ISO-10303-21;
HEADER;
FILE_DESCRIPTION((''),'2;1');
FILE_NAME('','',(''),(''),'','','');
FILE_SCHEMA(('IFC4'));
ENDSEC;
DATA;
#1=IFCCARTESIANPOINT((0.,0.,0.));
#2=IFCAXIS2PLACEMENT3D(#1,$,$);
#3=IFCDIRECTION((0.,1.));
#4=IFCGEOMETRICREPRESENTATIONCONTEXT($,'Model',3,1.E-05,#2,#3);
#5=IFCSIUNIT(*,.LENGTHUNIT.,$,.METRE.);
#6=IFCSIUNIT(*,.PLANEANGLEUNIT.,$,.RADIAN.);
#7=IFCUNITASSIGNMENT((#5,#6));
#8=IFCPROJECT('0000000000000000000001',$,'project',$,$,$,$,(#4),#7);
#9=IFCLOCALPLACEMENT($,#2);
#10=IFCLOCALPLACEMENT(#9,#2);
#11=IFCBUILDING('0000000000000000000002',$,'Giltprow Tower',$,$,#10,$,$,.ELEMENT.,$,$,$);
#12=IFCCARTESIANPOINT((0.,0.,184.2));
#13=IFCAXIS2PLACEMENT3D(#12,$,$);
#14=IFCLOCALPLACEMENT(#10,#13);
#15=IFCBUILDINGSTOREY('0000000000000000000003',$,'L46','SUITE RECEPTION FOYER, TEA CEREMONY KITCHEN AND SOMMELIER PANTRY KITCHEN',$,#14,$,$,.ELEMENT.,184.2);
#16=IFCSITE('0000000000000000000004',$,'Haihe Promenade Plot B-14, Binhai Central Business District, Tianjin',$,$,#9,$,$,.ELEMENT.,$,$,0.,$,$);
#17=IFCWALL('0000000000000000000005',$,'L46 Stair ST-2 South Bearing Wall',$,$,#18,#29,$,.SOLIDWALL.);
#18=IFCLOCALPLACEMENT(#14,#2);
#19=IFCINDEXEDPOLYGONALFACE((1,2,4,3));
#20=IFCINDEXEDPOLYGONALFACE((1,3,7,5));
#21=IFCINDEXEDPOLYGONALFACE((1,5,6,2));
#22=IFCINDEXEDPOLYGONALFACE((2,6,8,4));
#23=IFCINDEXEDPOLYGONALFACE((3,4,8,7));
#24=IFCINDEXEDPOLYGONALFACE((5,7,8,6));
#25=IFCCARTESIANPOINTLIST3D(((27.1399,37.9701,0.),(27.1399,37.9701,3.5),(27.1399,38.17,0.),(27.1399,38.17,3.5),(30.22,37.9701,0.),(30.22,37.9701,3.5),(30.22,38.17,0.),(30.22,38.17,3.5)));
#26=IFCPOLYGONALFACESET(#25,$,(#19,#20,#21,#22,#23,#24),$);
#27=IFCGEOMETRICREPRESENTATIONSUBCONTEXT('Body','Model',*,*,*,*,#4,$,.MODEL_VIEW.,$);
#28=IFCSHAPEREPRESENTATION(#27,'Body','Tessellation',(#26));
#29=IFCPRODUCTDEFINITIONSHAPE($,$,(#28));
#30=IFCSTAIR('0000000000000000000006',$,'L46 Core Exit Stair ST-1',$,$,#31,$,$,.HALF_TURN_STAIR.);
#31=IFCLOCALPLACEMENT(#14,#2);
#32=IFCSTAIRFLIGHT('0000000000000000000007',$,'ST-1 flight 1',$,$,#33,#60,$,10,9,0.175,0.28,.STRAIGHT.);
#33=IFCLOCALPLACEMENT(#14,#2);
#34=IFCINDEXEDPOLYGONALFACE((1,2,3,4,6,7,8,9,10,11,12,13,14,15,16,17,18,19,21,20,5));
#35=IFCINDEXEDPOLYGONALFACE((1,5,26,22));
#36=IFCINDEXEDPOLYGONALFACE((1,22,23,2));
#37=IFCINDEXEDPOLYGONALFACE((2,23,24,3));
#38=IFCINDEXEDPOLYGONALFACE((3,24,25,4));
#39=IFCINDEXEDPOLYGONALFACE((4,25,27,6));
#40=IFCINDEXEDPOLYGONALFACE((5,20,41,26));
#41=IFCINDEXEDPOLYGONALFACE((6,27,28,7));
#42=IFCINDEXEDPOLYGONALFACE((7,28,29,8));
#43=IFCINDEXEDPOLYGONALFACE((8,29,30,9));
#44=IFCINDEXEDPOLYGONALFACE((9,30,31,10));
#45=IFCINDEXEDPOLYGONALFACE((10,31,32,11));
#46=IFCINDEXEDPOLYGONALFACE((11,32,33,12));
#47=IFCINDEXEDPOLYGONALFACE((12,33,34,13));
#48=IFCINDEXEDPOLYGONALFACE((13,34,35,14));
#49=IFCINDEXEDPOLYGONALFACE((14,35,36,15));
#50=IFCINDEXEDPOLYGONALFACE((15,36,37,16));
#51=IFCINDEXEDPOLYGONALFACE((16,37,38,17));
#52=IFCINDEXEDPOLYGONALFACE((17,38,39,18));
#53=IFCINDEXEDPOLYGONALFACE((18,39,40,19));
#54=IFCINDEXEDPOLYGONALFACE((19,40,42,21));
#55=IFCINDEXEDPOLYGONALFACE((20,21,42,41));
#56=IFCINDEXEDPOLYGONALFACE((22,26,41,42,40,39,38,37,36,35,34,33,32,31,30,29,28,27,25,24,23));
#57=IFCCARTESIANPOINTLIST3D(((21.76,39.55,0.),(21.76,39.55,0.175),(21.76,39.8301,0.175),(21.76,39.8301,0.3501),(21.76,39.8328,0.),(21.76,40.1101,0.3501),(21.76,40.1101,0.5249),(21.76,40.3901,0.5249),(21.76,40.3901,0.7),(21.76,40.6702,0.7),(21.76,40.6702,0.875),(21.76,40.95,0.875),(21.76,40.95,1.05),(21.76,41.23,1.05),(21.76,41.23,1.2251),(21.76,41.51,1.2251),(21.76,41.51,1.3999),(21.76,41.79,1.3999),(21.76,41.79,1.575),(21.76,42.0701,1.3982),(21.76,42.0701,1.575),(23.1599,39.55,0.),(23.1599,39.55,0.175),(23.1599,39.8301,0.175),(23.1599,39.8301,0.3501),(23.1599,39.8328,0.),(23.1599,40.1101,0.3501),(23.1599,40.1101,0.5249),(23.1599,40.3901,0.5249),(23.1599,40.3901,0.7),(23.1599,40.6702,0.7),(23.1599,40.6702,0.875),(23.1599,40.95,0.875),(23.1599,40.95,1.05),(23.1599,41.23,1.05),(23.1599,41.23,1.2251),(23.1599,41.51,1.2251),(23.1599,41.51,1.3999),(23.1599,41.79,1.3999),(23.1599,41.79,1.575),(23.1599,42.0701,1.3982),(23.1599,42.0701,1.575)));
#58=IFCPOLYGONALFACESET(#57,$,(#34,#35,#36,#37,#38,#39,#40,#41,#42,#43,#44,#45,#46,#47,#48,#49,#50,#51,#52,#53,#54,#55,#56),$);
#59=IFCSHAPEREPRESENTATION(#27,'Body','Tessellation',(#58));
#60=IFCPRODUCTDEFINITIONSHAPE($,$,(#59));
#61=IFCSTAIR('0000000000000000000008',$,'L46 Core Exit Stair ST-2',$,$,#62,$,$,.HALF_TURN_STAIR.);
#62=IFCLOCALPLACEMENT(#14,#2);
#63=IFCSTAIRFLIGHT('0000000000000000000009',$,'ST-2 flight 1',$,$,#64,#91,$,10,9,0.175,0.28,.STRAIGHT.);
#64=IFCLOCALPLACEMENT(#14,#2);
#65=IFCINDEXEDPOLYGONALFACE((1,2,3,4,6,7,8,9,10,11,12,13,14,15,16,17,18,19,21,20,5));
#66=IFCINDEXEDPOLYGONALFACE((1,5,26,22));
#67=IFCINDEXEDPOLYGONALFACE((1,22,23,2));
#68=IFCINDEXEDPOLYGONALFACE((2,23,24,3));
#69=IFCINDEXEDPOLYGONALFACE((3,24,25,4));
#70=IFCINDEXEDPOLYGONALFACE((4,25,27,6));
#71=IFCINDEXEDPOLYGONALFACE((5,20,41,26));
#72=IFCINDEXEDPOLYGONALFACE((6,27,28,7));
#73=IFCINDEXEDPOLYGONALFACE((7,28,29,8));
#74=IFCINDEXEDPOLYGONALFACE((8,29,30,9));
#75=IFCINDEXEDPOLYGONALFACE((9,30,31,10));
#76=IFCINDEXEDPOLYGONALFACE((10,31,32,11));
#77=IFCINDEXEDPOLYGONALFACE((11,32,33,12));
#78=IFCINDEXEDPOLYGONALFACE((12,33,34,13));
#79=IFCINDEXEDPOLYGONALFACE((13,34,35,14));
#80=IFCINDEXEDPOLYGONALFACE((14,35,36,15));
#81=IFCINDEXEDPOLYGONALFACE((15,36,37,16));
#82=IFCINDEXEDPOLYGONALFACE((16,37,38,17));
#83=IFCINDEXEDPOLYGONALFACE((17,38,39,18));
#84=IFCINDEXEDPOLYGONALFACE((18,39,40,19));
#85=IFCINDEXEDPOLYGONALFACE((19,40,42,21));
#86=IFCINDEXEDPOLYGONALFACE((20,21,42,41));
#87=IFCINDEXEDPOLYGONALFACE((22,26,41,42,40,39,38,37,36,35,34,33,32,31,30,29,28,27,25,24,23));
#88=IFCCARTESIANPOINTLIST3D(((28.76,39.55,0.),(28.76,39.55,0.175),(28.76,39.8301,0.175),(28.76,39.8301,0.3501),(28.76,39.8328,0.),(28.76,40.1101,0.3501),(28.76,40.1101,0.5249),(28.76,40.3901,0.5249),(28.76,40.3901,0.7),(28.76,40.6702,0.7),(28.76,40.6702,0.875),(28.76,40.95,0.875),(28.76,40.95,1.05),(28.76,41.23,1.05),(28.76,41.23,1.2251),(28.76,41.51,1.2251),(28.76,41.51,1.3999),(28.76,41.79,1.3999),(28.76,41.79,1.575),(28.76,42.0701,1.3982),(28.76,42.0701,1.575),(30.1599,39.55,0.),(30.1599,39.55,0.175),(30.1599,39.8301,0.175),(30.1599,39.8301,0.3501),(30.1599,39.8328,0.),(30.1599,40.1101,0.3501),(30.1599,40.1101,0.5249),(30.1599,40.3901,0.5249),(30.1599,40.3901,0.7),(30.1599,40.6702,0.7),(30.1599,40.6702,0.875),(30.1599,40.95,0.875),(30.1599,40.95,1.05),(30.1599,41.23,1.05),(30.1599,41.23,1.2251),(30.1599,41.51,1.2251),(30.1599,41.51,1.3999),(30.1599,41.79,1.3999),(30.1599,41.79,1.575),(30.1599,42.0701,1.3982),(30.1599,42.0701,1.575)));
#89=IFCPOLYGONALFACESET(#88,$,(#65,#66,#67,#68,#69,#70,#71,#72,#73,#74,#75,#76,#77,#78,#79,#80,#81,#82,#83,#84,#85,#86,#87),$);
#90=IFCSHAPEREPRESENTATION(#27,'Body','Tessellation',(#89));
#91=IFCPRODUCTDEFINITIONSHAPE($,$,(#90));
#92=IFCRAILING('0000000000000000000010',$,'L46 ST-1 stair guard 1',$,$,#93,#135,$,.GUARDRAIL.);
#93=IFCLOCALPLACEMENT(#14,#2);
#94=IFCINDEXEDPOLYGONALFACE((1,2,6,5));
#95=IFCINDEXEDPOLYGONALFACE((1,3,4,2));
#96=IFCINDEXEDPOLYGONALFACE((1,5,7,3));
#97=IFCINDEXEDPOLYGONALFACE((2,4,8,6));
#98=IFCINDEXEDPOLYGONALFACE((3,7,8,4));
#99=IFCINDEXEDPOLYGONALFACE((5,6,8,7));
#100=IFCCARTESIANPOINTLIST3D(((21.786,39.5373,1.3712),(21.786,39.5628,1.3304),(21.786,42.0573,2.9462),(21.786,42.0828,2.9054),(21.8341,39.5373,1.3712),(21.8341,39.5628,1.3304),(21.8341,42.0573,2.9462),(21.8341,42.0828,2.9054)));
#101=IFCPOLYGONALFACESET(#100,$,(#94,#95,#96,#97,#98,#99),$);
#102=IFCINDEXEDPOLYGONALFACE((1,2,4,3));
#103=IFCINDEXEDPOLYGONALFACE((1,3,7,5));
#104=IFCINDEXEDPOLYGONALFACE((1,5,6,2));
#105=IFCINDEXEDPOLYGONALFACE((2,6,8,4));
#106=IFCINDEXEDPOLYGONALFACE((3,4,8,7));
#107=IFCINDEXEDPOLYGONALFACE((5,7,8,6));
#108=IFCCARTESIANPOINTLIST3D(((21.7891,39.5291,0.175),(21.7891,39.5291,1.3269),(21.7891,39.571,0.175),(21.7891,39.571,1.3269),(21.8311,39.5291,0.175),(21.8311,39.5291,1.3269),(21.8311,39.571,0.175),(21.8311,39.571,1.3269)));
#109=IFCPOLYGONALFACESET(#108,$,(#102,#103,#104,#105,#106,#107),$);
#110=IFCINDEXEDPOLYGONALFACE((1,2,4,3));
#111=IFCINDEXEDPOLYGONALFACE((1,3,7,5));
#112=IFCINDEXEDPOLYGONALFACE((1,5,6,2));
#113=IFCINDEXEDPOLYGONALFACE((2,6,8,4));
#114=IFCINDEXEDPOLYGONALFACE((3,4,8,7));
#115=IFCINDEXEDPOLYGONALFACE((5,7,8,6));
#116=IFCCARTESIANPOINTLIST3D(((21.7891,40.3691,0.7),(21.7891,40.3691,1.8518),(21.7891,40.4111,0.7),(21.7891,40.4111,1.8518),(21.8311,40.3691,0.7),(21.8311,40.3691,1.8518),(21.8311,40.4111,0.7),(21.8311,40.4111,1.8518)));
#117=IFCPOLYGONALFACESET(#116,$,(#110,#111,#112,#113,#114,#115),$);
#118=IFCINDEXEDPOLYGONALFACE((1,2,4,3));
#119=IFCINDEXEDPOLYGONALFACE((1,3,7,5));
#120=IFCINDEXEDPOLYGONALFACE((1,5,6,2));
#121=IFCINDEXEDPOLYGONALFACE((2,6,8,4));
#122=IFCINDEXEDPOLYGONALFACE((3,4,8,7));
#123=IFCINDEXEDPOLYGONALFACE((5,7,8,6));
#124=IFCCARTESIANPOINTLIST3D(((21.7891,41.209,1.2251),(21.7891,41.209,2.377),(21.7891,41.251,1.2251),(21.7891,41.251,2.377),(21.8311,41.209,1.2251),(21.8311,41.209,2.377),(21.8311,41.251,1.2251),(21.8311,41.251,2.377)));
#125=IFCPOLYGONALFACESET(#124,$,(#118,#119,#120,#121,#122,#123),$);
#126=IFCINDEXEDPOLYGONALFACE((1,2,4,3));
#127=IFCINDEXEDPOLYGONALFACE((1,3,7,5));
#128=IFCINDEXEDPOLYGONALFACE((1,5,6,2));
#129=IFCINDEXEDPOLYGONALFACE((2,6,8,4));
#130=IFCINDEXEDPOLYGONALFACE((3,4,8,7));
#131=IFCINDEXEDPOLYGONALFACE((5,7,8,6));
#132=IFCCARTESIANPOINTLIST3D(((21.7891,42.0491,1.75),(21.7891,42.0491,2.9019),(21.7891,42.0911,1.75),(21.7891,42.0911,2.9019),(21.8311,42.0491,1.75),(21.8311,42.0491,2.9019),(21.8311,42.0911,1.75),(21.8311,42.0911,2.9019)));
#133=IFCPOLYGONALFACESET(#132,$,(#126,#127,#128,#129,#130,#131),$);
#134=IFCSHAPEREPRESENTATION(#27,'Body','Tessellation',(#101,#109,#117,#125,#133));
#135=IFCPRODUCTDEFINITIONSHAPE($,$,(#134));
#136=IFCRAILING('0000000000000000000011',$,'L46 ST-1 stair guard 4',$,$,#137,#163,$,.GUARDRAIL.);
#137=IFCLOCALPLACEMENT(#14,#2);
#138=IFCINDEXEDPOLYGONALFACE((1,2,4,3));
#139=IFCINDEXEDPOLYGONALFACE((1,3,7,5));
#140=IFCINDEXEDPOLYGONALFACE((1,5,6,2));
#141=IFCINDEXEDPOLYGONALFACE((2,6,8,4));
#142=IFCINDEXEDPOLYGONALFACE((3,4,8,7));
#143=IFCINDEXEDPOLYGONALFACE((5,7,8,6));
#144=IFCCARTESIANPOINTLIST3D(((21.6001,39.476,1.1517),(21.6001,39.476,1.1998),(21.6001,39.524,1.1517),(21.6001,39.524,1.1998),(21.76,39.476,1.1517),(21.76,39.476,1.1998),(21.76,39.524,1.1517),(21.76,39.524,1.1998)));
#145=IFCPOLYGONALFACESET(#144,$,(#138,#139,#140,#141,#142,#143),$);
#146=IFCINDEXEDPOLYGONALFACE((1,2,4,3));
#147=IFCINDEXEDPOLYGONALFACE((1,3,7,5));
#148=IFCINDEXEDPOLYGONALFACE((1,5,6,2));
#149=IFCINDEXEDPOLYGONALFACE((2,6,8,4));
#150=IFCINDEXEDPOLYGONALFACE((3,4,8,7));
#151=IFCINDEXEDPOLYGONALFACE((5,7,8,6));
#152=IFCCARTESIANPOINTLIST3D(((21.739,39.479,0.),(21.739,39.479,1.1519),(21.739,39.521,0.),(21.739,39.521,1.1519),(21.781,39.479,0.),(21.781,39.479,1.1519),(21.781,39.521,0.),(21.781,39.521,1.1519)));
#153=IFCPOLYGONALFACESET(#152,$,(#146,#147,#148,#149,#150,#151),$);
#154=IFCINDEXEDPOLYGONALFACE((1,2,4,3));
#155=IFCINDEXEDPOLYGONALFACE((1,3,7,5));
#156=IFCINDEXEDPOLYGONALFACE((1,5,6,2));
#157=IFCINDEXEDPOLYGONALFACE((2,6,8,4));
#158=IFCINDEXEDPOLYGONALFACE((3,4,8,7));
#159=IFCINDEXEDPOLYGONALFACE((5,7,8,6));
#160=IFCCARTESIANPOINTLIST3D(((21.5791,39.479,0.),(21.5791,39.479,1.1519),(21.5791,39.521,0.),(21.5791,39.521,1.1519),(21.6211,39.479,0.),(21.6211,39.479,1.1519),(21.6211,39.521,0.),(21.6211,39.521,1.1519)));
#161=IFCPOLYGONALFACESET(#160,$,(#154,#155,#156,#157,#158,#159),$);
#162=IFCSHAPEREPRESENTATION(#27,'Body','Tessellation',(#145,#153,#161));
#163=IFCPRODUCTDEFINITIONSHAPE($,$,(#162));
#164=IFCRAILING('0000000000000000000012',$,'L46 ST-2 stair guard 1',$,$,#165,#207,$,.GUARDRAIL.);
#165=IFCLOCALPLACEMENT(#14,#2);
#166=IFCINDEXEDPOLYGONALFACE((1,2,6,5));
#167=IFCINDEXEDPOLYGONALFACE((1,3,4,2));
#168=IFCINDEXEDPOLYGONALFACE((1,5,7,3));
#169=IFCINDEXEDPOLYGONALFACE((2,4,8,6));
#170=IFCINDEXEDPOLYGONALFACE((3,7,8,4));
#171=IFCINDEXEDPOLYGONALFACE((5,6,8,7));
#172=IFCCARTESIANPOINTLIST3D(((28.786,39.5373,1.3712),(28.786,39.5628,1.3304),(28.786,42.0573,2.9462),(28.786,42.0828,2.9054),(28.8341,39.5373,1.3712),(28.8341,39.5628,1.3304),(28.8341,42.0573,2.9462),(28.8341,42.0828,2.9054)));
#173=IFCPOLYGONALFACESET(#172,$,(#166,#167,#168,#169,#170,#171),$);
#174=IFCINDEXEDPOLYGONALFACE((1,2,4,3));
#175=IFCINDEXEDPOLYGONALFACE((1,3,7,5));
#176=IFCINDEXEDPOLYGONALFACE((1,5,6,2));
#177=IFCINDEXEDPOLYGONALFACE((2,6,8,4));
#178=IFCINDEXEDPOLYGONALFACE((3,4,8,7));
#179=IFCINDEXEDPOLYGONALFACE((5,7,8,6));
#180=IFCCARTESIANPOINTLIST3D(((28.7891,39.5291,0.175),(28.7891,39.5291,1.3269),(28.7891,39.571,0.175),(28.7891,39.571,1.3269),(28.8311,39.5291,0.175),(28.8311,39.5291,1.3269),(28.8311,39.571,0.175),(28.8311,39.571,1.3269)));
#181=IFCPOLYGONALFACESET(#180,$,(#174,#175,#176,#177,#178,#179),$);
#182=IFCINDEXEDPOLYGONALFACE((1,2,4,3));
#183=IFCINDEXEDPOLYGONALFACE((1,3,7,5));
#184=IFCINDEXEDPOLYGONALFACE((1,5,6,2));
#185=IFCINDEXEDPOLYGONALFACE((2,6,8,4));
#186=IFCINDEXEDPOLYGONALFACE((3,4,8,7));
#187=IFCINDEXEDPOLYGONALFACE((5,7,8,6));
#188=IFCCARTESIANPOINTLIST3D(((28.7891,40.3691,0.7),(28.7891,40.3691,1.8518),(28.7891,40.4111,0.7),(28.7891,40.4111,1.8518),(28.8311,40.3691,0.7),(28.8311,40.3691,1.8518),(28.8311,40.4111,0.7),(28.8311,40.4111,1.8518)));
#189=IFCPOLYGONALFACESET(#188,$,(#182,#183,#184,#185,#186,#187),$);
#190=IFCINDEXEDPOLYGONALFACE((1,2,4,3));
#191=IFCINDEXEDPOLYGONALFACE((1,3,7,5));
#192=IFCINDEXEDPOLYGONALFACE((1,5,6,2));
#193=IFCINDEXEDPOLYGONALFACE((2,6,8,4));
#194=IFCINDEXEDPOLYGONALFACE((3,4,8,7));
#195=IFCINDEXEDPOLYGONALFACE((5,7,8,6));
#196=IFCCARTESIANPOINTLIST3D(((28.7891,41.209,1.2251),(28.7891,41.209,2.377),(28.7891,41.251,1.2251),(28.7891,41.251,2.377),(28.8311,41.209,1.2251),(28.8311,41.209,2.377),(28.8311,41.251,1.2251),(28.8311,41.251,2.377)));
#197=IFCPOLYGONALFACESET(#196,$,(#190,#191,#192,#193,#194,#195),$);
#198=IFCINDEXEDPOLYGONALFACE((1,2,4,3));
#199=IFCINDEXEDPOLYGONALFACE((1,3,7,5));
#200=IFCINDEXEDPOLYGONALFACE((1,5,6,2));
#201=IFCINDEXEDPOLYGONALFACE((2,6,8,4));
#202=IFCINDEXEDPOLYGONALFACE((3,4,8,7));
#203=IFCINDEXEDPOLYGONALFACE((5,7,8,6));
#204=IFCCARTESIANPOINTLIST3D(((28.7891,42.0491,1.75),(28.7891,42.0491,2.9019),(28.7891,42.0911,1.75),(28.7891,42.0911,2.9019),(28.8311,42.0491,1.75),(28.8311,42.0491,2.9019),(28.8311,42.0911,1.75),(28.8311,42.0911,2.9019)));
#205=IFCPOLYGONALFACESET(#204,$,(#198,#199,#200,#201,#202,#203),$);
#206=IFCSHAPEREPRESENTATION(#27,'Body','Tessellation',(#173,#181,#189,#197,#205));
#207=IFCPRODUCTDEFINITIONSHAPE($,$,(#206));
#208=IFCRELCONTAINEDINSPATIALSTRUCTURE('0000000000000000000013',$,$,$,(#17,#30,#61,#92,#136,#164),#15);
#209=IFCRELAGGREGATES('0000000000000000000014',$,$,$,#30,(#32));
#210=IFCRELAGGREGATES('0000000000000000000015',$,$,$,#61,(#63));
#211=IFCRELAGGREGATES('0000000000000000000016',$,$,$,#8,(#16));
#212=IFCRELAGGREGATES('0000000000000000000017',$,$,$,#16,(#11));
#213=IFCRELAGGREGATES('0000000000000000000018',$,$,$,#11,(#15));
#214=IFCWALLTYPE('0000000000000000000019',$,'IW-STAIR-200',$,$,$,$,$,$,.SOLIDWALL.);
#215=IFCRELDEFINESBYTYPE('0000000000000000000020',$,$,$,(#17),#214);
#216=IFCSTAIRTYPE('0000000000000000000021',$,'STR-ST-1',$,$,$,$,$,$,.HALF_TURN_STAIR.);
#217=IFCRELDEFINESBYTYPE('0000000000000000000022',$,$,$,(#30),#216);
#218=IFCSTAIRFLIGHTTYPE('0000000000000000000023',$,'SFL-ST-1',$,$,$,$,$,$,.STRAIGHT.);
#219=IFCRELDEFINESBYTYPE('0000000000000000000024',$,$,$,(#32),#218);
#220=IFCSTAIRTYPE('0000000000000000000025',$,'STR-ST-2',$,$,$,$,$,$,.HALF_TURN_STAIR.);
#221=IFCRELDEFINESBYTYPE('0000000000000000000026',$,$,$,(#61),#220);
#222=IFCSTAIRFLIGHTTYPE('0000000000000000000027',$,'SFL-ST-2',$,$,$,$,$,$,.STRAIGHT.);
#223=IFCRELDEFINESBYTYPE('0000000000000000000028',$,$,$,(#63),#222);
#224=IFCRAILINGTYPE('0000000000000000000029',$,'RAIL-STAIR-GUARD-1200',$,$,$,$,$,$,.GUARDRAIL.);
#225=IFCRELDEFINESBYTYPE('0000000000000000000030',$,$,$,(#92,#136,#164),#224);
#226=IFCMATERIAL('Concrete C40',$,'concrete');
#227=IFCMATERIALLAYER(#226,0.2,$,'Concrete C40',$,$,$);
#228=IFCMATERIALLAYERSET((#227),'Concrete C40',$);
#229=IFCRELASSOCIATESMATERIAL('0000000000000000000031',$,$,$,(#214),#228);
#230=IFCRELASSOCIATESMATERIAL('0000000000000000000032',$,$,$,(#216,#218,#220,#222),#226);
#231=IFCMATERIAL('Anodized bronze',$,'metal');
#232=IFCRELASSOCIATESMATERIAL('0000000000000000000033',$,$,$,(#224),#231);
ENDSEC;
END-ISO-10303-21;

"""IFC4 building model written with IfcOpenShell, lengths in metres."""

from ifc_helpers import new_model, si_unit, direction, frame, frame_2d, origin, origin_2d, place, context, subcontext, project, spatial, polyline, rectangle, outline, extrude, material, layer, layer_set, type_object, element, aggregate, save


model = new_model("IFC4")

# Units and contexts
model_context = context("Model", 3, precision=1e-05, world=origin(), true_north=direction((0.0, 1.0)))
body_context = subcontext(model_context, "Body", "Model", "MODEL_VIEW")
ifc_project = project(units=[si_unit("LENGTHUNIT", "METRE"), si_unit("PLANEANGLEUNIT", "RADIAN")], contexts=[model_context])

# Site, building, storey
site_placement = place(None, origin())
site = spatial("IfcSite", under=ifc_project, at=site_placement, Name="Haihe Promenade Plot B-14, Binhai Central Business District, Tianjin", CompositionType="ELEMENT", RefElevation=0.0)
building_placement = place(site_placement, origin())
building = spatial("IfcBuilding", under=site, at=building_placement, Name="Giltprow Tower", CompositionType="ELEMENT")
storey_placement = place(building_placement, frame((0.0, 0.0, 184.2)))
storey = spatial("IfcBuildingStorey", under=building, at=storey_placement, Name="L46", Description="SUITE RECEPTION FOYER, TEA CEREMONY KITCHEN AND SOMMELIER PANTRY KITCHEN", CompositionType="ELEMENT", Elevation=184.2)

# Shared definitions
ifc_material_1 = material(Name="Concrete C40", Category="concrete")
ifc_layer = layer(ifc_material_1, 0.2, Name="Concrete C40")
ifc_layer_set = layer_set([ifc_layer], Name="Concrete C40")
wall_type = type_object("IfcWallType", Name="IW-STAIR-200", PredefinedType="SOLIDWALL", material=ifc_layer_set)

# Wall
wall_1_placement = place(storey_placement, frame((27.1399, 38.0701, 0.0), z_axis=(0.0, 0.0, 1.0), x_axis=(1.0, 0.0, 0.0)))
element("IfcWall", 1, at=wall_1_placement, inside=storey, type_object=wall_type, Name="L46 Stair ST-2 South Bearing Wall", PredefinedType="SOLIDWALL", context=body_context, shape_type="SweptSolid", body=[
    extrude(rectangle(XDim=3.0801, YDim=0.2, at=frame_2d((1.54, 0.0))), origin(), (0.0, 0.0, 1.0), 3.5),
])

# Stairs, stair flights
stair_type_1 = type_object("IfcStairType", Name="STR-ST-1", PredefinedType="HALF_TURN_STAIR", material=ifc_material_1)
stair_1_placement = place(storey_placement, origin())
stair_1 = element("IfcStair", 2, at=stair_1_placement, inside=storey, type_object=stair_type_1, Name="L46 Core Exit Stair ST-1", PredefinedType="HALF_TURN_STAIR")
stair_flight_type_1 = type_object("IfcStairFlightType", Name="SFL-ST-1", PredefinedType="STRAIGHT", material=ifc_material_1)
stair_flight_1_placement = place(storey_placement, frame((22.46, 39.55, 0.0), z_axis=(0.0, 0.0, 1.0), x_axis=(0.0, 1.0, 0.0)))
stair_flight_1 = element("IfcStairFlight", 3, at=stair_flight_1_placement, type_object=stair_flight_type_1, Name="ST-1 flight 1", NumberOfRisers=10, NumberOfTreads=9, PredefinedType="STRAIGHT", RiserHeight=0.175, TreadLength=0.28, context=body_context, shape_type="SweptSolid", body=[
    extrude(outline(polyline([(0.0, 0.0), (0.0, 0.175), (0.28, 0.175), (0.28, 0.3501), (0.5601, 0.3501), (0.5601, 0.5249), (0.8401, 0.5249), (0.8401, 0.7), (1.1201, 0.7), (1.1201, 0.875), (1.3999, 0.875), (1.3999, 1.05), (1.6799, 1.05), (1.6799, 1.2251), (1.96, 1.2251), (1.96, 1.3999), (2.24, 1.3999), (2.24, 1.575), (2.52, 1.575), (2.52, 1.75), (2.52, 1.3982), (0.2827, 0.0), (0.0, 0.0)])), frame((0.0, 0.7, 0.0), z_axis=(0.0, -1.0, 0.0), x_axis=(1.0, 0.0, 0.0)), (0.0, 0.0, 1.0), 1.3999),
])
aggregate(stair_1, [stair_flight_1])
stair_type_2 = type_object("IfcStairType", Name="STR-ST-2", PredefinedType="HALF_TURN_STAIR", material=ifc_material_1)
stair_2_placement = place(storey_placement, origin())
stair_2 = element("IfcStair", 4, at=stair_2_placement, inside=storey, type_object=stair_type_2, Name="L46 Core Exit Stair ST-2", PredefinedType="HALF_TURN_STAIR")
stair_flight_type_2 = type_object("IfcStairFlightType", Name="SFL-ST-2", PredefinedType="STRAIGHT", material=ifc_material_1)
stair_flight_2_placement = place(storey_placement, frame((29.46, 39.55, 0.0), z_axis=(0.0, 0.0, 1.0), x_axis=(0.0, 1.0, 0.0)))
stair_flight_2 = element("IfcStairFlight", 5, at=stair_flight_2_placement, type_object=stair_flight_type_2, Name="ST-2 flight 1", NumberOfRisers=10, NumberOfTreads=9, PredefinedType="STRAIGHT", RiserHeight=0.175, TreadLength=0.28, context=body_context, shape_type="SweptSolid", body=[
    extrude(outline(polyline([(0.0, 0.0), (0.0, 0.175), (0.28, 0.175), (0.28, 0.3501), (0.5601, 0.3501), (0.5601, 0.5249), (0.8401, 0.5249), (0.8401, 0.7), (1.1201, 0.7), (1.1201, 0.875), (1.3999, 0.875), (1.3999, 1.05), (1.6799, 1.05), (1.6799, 1.2251), (1.96, 1.2251), (1.96, 1.3999), (2.24, 1.3999), (2.24, 1.575), (2.52, 1.575), (2.52, 1.75), (2.52, 1.3982), (0.2827, 0.0), (0.0, 0.0)])), frame((0.0, 0.7, 0.0), z_axis=(0.0, -1.0, 0.0), x_axis=(1.0, 0.0, 0.0)), (0.0, 0.0, 1.0), 1.3999),
])
aggregate(stair_2, [stair_flight_2])

# Railings
ifc_material_2 = material(Name="Anodized bronze", Category="metal")
railing_type_1 = type_object("IfcRailingType", Name="RAIL-STAIR-GUARD-1200", PredefinedType="GUARDRAIL", material=ifc_material_2)
railing_1_placement = place(storey_placement, frame((21.8101, 39.55, 0.175)))
element("IfcRailing", 6, at=railing_1_placement, inside=storey, type_object=railing_type_1, Name="L46 ST-1 stair guard 1", PredefinedType="GUARDRAIL", context=body_context, shape_type="SweptSolid", body=[
    extrude(rectangle(XDim=0.0481, YDim=0.0481, at=origin_2d()), frame((0.0, 0.0, 1.1758), z_axis=(0.0, 0.848008, 0.529984), x_axis=(-1.0, 0.0, 0.0)), (0.0, 0.0, 1.0), 2.9717),
    extrude(rectangle(XDim=0.042, YDim=0.042, at=origin_2d()), origin(), (0.0, 0.0, 1.0), 1.1519),
    extrude(rectangle(XDim=0.042, YDim=0.042, at=origin_2d()), frame((0.0, 0.8401, 0.5249)), (0.0, 0.0, 1.0), 1.1519),
    extrude(rectangle(XDim=0.042, YDim=0.042, at=origin_2d()), frame((0.0, 1.6799, 1.05)), (0.0, 0.0, 1.0), 1.1519),
    extrude(rectangle(XDim=0.042, YDim=0.042, at=origin_2d()), frame((0.0, 2.52, 1.575)), (0.0, 0.0, 1.0), 1.1519),
])
railing_2_placement = place(storey_placement, frame((21.76, 39.5, 0.0)))
element("IfcRailing", 7, at=railing_2_placement, inside=storey, type_object=railing_type_1, Name="L46 ST-1 stair guard 4", PredefinedType="GUARDRAIL", context=body_context, shape_type="SweptSolid", body=[
    extrude(rectangle(XDim=0.0481, YDim=0.0481, at=origin_2d()), frame((0.0, 0.0, 1.1758), z_axis=(-1.0, 0.0, 0.0), x_axis=(0.0, -1.0, 0.0)), (0.0, 0.0, 1.0), 0.1599),
    extrude(rectangle(XDim=0.042, YDim=0.042, at=origin_2d()), origin(), (0.0, 0.0, 1.0), 1.1519),
    extrude(rectangle(XDim=0.042, YDim=0.042, at=origin_2d()), frame((-0.1599, 0.0, 0.0)), (0.0, 0.0, 1.0), 1.1519),
])
railing_3_placement = place(storey_placement, frame((28.8101, 39.55, 0.175)))
element("IfcRailing", 8, at=railing_3_placement, inside=storey, type_object=railing_type_1, Name="L46 ST-2 stair guard 1", PredefinedType="GUARDRAIL", context=body_context, shape_type="SweptSolid", body=[
    extrude(rectangle(XDim=0.0481, YDim=0.0481, at=origin_2d()), frame((0.0, 0.0, 1.1758), z_axis=(0.0, 0.848008, 0.529984), x_axis=(-1.0, 0.0, 0.0)), (0.0, 0.0, 1.0), 2.9717),
    extrude(rectangle(XDim=0.042, YDim=0.042, at=origin_2d()), origin(), (0.0, 0.0, 1.0), 1.1519),
    extrude(rectangle(XDim=0.042, YDim=0.042, at=origin_2d()), frame((0.0, 0.8401, 0.5249)), (0.0, 0.0, 1.0), 1.1519),
    extrude(rectangle(XDim=0.042, YDim=0.042, at=origin_2d()), frame((0.0, 1.6799, 1.05)), (0.0, 0.0, 1.0), 1.1519),
    extrude(rectangle(XDim=0.042, YDim=0.042, at=origin_2d()), frame((0.0, 2.52, 1.575)), (0.0, 0.0, 1.0), 1.1519),
])

save(model, "model.ifc")
